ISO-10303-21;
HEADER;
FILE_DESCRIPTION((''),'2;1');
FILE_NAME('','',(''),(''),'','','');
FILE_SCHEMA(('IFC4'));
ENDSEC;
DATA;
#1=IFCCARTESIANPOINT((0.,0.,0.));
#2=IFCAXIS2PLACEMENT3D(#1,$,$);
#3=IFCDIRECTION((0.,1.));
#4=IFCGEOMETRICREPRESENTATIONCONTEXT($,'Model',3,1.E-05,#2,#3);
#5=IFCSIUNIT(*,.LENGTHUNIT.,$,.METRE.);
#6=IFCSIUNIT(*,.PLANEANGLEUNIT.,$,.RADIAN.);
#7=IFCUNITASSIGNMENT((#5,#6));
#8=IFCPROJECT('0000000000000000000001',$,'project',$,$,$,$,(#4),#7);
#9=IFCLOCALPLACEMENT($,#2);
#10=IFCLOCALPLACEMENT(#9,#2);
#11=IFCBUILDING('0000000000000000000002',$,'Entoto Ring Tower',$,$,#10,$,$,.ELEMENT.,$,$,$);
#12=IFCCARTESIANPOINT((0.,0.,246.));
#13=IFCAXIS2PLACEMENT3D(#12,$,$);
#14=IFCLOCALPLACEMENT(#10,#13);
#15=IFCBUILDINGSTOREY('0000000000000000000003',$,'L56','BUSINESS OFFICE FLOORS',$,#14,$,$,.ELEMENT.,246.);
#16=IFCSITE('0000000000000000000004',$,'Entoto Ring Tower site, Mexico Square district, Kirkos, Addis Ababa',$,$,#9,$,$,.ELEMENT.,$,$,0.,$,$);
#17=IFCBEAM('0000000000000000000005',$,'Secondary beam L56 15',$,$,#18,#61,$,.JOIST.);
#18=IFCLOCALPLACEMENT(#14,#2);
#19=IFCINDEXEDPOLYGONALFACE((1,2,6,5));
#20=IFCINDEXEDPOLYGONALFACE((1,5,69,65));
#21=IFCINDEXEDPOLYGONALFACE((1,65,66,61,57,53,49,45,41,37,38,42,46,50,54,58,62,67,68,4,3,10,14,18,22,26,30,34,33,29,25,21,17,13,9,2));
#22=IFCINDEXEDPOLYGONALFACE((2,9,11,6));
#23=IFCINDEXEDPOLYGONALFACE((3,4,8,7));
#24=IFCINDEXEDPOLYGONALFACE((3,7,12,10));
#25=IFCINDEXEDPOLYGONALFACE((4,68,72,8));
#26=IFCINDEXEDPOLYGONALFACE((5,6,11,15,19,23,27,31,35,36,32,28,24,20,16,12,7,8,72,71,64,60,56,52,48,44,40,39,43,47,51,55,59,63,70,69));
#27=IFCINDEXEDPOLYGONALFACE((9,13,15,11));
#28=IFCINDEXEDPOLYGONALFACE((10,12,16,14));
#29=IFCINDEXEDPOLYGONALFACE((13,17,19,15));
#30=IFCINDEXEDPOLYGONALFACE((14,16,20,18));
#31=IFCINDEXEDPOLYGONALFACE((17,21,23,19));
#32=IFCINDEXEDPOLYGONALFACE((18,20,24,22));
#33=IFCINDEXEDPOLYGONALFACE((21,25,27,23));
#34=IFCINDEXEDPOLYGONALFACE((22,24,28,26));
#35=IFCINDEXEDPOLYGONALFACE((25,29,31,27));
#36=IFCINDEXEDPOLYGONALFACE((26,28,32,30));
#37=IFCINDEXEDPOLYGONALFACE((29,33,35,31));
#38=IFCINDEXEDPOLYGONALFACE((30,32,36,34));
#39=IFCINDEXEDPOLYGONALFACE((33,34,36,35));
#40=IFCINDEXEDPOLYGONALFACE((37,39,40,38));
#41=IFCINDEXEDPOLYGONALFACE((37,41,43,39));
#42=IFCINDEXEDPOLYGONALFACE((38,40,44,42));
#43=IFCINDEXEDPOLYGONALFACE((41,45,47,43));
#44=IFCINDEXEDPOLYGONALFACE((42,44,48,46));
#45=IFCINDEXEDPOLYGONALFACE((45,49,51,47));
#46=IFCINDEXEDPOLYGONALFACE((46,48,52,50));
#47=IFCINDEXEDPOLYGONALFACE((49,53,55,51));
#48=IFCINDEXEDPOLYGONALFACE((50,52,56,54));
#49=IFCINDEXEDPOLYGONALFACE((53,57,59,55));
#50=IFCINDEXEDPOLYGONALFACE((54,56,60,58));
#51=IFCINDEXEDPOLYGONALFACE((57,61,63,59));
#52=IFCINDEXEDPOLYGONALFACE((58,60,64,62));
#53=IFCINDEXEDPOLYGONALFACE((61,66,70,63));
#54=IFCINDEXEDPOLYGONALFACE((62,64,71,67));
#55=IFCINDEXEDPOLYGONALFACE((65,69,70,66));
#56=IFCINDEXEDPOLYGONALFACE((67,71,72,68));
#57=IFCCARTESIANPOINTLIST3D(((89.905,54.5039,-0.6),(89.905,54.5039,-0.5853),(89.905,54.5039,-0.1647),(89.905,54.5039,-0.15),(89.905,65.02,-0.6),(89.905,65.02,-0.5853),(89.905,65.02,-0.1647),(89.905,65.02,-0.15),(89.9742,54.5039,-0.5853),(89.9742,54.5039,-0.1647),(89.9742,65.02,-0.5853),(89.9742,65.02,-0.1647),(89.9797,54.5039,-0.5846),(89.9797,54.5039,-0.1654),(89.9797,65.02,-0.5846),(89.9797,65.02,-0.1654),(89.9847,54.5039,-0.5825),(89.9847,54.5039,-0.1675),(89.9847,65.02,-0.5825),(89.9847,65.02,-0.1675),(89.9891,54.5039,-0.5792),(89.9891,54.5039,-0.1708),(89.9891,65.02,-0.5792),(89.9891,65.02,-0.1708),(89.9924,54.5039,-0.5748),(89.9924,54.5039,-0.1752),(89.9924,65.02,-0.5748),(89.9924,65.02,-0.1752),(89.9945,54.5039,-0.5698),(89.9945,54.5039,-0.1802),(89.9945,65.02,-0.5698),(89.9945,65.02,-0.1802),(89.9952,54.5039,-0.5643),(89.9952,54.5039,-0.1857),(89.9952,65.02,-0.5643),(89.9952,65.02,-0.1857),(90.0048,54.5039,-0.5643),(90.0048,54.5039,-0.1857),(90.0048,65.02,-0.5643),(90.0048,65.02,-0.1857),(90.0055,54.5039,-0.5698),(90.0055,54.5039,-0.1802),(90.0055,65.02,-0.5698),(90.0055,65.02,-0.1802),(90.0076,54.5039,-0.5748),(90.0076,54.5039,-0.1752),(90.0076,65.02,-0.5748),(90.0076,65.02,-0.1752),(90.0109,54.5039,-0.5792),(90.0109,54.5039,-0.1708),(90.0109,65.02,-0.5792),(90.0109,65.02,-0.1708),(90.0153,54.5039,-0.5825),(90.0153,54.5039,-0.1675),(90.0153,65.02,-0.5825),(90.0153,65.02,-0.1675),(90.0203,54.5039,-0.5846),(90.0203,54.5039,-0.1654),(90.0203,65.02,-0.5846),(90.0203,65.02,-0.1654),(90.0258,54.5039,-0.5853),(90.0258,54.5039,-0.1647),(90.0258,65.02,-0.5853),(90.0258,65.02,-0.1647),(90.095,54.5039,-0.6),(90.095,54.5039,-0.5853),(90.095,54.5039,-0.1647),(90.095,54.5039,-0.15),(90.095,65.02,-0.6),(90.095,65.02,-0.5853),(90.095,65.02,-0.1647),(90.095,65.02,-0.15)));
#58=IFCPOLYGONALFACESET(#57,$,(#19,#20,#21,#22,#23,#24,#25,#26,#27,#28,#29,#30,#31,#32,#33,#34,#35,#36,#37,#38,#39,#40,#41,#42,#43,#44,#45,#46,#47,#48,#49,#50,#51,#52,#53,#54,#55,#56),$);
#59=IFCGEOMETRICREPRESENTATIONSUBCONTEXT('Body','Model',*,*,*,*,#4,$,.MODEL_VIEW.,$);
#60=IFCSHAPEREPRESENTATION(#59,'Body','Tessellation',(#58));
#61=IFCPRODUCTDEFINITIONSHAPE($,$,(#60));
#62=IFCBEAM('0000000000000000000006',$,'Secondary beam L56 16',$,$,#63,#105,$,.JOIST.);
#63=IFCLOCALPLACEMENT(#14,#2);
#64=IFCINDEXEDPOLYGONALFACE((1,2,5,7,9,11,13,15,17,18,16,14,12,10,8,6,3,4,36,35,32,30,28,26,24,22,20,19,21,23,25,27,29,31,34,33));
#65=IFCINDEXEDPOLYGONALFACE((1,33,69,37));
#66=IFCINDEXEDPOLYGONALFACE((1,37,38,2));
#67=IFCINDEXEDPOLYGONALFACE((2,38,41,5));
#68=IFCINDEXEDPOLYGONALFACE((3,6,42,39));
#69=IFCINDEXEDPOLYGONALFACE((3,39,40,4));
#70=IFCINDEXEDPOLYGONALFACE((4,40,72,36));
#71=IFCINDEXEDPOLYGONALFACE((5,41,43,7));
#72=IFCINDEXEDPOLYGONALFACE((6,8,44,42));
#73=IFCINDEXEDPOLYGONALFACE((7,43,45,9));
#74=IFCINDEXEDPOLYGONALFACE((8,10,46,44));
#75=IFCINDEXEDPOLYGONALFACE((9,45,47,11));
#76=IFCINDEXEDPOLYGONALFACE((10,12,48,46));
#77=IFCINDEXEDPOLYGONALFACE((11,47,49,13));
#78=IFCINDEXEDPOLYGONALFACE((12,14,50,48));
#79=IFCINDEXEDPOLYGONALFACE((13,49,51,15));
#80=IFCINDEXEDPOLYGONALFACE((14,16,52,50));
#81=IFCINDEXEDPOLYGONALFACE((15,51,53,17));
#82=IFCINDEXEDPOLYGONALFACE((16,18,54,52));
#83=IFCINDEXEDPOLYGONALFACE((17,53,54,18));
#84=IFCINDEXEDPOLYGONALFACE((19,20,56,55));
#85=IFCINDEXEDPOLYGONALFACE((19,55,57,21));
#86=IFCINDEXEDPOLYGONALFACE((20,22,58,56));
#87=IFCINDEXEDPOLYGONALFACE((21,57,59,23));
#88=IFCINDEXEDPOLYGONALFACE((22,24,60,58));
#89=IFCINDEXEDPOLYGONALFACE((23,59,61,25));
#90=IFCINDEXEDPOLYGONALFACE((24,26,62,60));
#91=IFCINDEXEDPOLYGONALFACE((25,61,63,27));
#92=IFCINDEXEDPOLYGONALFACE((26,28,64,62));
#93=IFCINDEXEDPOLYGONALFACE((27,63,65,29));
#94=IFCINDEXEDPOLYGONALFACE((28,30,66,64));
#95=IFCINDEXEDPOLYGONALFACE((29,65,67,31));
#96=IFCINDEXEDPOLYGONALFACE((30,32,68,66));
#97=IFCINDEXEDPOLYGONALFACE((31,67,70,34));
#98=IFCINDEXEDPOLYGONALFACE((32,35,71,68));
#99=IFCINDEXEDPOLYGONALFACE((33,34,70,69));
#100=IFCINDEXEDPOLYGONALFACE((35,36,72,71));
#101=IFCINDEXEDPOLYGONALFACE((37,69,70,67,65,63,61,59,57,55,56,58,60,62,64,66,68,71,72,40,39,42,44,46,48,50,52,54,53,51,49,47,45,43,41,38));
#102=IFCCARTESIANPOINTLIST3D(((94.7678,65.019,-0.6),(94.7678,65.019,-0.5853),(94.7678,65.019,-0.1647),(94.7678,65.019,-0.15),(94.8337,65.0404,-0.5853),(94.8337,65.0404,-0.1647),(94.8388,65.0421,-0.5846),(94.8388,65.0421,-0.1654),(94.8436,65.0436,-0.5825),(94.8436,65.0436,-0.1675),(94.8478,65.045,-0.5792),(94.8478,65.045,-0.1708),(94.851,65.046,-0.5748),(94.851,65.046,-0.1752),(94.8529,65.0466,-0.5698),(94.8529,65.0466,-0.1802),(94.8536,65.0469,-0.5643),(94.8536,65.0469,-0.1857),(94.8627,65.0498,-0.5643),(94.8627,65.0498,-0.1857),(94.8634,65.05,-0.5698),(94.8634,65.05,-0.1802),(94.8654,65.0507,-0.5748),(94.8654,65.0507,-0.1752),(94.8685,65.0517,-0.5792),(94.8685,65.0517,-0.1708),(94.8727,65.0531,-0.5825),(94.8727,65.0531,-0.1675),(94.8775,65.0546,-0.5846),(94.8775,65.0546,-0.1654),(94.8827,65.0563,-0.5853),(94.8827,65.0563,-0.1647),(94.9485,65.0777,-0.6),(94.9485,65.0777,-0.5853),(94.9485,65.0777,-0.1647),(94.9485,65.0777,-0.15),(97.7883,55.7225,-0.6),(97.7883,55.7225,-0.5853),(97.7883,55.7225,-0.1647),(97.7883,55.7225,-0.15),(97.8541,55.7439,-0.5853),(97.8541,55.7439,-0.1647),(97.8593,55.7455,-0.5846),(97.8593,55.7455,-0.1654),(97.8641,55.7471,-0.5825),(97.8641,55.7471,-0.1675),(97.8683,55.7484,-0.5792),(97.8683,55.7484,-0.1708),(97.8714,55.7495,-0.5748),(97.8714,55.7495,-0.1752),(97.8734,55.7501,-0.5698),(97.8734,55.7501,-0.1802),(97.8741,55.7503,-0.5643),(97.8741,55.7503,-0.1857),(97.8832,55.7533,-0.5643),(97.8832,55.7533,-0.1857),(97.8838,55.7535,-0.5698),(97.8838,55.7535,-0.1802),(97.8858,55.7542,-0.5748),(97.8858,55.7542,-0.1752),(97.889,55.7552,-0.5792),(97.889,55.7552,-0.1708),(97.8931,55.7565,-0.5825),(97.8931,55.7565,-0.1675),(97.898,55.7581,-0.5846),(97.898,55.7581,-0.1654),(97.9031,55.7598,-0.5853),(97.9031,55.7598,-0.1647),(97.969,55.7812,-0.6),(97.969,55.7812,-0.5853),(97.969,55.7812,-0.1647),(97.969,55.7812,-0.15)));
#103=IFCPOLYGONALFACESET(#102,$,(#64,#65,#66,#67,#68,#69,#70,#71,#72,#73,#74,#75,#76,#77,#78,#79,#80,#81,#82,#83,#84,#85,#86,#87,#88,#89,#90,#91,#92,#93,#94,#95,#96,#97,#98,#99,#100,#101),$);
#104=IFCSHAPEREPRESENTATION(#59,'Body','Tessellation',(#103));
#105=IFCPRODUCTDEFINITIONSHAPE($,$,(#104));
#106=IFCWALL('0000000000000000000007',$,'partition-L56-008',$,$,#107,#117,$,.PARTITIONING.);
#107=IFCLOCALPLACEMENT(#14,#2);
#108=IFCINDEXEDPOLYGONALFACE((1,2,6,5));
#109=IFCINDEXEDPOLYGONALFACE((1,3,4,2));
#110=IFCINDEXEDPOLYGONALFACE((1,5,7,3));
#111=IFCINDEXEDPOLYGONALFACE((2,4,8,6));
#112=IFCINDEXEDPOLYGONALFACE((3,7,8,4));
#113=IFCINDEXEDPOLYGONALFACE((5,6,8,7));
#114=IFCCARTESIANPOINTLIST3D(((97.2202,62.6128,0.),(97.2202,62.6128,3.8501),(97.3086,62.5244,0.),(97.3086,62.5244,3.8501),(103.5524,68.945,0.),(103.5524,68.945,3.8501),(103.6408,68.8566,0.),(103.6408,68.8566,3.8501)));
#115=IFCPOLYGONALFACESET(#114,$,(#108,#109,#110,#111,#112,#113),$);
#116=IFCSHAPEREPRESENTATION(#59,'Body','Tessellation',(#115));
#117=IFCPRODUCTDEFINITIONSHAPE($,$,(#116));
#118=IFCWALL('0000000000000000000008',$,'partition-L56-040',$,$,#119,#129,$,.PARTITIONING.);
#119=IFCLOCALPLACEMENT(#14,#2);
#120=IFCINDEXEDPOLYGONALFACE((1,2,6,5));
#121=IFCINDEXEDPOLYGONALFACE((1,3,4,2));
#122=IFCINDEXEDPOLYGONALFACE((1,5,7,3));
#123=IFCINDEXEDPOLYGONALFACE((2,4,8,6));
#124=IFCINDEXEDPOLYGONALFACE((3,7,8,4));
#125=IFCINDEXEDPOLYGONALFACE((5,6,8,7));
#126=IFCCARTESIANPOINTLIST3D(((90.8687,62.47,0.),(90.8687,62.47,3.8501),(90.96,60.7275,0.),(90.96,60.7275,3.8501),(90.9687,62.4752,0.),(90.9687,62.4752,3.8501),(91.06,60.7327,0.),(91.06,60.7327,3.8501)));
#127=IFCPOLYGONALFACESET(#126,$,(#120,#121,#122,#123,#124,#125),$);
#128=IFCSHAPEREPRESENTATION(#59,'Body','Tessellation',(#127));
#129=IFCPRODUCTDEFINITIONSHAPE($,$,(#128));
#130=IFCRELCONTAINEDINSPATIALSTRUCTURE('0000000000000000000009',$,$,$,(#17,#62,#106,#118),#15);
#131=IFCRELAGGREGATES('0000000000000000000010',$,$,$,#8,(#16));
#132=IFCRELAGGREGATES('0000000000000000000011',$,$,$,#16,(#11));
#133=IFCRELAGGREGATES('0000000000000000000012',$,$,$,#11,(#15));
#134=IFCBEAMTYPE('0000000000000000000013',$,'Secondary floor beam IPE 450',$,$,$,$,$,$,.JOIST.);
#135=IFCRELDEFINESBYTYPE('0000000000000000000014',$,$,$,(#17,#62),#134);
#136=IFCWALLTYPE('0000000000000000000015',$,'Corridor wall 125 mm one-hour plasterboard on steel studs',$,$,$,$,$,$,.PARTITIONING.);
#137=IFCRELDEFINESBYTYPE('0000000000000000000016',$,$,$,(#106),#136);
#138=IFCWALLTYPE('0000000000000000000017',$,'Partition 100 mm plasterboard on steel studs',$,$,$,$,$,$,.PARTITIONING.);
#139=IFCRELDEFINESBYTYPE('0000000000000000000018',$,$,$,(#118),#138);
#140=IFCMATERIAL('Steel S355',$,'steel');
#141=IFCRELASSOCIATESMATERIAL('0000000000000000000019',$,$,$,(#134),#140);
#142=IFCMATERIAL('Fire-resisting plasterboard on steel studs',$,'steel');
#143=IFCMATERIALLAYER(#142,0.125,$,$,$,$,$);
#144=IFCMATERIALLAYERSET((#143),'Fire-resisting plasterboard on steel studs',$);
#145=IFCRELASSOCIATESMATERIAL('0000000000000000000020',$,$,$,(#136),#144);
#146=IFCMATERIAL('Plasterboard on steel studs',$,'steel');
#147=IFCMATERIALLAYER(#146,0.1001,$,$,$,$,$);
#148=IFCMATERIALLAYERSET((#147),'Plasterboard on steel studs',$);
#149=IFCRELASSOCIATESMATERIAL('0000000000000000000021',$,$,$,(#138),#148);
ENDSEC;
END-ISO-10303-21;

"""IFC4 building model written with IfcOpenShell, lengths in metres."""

from ifc_helpers import new_model, si_unit, direction, frame, frame_2d, origin, origin_2d, place, context, subcontext, project, spatial, rectangle, i_section, extrude, material, layer, layer_set, material_profile, profile_set, type_object, element, save


model = new_model("IFC4")

# Units and contexts
model_context = context("Model", 3, precision=1e-05, world=origin(), true_north=direction((0.0, 1.0)))
body_context = subcontext(model_context, "Body", "Model", "MODEL_VIEW")
ifc_project = project(units=[si_unit("LENGTHUNIT", "METRE"), si_unit("PLANEANGLEUNIT", "RADIAN")], contexts=[model_context])

# Site, building, storey
site_placement = place(None, origin())
site = spatial("IfcSite", under=ifc_project, at=site_placement, Name="Entoto Ring Tower site, Mexico Square district, Kirkos, Addis Ababa", CompositionType="ELEMENT", RefElevation=0.0)
building_placement = place(site_placement, origin())
building = spatial("IfcBuilding", under=site, at=building_placement, Name="Entoto Ring Tower", CompositionType="ELEMENT")
storey_placement = place(building_placement, frame((0.0, 0.0, 246.0)))
storey = spatial("IfcBuildingStorey", under=building, at=storey_placement, Name="L56", Description="BUSINESS OFFICE FLOORS", CompositionType="ELEMENT", Elevation=246.0)

# Beams
ifc_material_1 = material(Name="Steel S355", Category="steel")
ifc_material_profile_1 = material_profile(ifc_material_1, i_section(OverallWidth=0.1899, OverallDepth=0.45, WebThickness=0.0095, FlangeThickness=0.0146, FilletRadius=0.021, at=origin_2d()), Name="IPE 450")
ifc_profile_set_1 = profile_set([ifc_material_profile_1], Name="Steel S355")
beam_type_1 = type_object("IfcBeamType", Name="Secondary floor beam IPE 450", PredefinedType="JOIST", material=ifc_profile_set_1)
beam_1_placement = place(storey_placement, frame((90.0, 65.02, -0.375), z_axis=(0.0, -1.0, 0.0), x_axis=(1.0, 0.0, 0.0)))
element("IfcBeam", 1, at=beam_1_placement, inside=storey, type_object=beam_type_1, Name="Secondary beam L56 15", PredefinedType="JOIST", context=body_context, shape_type="SweptSolid", body=[
    extrude(i_section(OverallWidth=0.1899, OverallDepth=0.45, WebThickness=0.0095, FlangeThickness=0.0146, FilletRadius=0.021, at=origin_2d()), origin(), (0.0, 0.0, 1.0), 10.5161),
])
beam_2_placement = place(storey_placement, frame((94.8582, 65.0483, -0.375), z_axis=(0.309003, -0.951061, 0.0), x_axis=(0.951061, 0.309003, 0.0)))
element("IfcBeam", 2, at=beam_2_placement, inside=storey, type_object=beam_type_1, Name="Secondary beam L56 16", PredefinedType="JOIST", context=body_context, shape_type="SweptSolid", body=[
    extrude(i_section(OverallWidth=0.1899, OverallDepth=0.45, WebThickness=0.0095, FlangeThickness=0.0146, FilletRadius=0.021, at=origin_2d()), origin(), (0.0, 0.0, 1.0), 9.7749),
])

# Walls
ifc_material_2 = material(Name="Fire-resisting plasterboard on steel studs", Category="steel")
ifc_layer_1 = layer(ifc_material_2, 0.125)
ifc_layer_set_1 = layer_set([ifc_layer_1], Name="Fire-resisting plasterboard on steel studs")
wall_type_1 = type_object("IfcWallType", Name="Corridor wall 125 mm one-hour plasterboard on steel studs", PredefinedType="PARTITIONING", material=ifc_layer_set_1)
wall_1_placement = place(storey_placement, frame((97.2644, 62.5686, 0.0), z_axis=(0.0, 0.0, 1.0), x_axis=(0.707107, 0.707107, 0.0)))
element("IfcWall", 3, at=wall_1_placement, inside=storey, type_object=wall_type_1, Name="partition-L56-008", PredefinedType="PARTITIONING", context=body_context, shape_type="SweptSolid", body=[
    extrude(rectangle(XDim=8.9551, YDim=0.125, at=frame_2d((4.4775, 0.0))), origin(), (0.0, 0.0, 1.0), 3.8501),
])
ifc_material_3 = material(Name="Plasterboard on steel studs", Category="steel")
ifc_layer_2 = layer(ifc_material_3, 0.1001)
ifc_layer_set_2 = layer_set([ifc_layer_2], Name="Plasterboard on steel studs")
wall_type_2 = type_object("IfcWallType", Name="Partition 100 mm plasterboard on steel studs", PredefinedType="PARTITIONING", material=ifc_layer_set_2)
wall_2_placement = place(storey_placement, frame((91.01, 60.73, 0.0), z_axis=(0.0, 0.0, 1.0), x_axis=(-0.052331, 0.99863, 0.0)))
element("IfcWall", 4, at=wall_2_placement, inside=storey, type_object=wall_type_2, Name="partition-L56-040", PredefinedType="PARTITIONING", context=body_context, shape_type="SweptSolid", body=[
    extrude(rectangle(XDim=1.7449, YDim=0.1001, at=frame_2d((0.8726, 0.0))), origin(), (0.0, 0.0, 1.0), 3.8501),
])

save(model, "model.ifc")
